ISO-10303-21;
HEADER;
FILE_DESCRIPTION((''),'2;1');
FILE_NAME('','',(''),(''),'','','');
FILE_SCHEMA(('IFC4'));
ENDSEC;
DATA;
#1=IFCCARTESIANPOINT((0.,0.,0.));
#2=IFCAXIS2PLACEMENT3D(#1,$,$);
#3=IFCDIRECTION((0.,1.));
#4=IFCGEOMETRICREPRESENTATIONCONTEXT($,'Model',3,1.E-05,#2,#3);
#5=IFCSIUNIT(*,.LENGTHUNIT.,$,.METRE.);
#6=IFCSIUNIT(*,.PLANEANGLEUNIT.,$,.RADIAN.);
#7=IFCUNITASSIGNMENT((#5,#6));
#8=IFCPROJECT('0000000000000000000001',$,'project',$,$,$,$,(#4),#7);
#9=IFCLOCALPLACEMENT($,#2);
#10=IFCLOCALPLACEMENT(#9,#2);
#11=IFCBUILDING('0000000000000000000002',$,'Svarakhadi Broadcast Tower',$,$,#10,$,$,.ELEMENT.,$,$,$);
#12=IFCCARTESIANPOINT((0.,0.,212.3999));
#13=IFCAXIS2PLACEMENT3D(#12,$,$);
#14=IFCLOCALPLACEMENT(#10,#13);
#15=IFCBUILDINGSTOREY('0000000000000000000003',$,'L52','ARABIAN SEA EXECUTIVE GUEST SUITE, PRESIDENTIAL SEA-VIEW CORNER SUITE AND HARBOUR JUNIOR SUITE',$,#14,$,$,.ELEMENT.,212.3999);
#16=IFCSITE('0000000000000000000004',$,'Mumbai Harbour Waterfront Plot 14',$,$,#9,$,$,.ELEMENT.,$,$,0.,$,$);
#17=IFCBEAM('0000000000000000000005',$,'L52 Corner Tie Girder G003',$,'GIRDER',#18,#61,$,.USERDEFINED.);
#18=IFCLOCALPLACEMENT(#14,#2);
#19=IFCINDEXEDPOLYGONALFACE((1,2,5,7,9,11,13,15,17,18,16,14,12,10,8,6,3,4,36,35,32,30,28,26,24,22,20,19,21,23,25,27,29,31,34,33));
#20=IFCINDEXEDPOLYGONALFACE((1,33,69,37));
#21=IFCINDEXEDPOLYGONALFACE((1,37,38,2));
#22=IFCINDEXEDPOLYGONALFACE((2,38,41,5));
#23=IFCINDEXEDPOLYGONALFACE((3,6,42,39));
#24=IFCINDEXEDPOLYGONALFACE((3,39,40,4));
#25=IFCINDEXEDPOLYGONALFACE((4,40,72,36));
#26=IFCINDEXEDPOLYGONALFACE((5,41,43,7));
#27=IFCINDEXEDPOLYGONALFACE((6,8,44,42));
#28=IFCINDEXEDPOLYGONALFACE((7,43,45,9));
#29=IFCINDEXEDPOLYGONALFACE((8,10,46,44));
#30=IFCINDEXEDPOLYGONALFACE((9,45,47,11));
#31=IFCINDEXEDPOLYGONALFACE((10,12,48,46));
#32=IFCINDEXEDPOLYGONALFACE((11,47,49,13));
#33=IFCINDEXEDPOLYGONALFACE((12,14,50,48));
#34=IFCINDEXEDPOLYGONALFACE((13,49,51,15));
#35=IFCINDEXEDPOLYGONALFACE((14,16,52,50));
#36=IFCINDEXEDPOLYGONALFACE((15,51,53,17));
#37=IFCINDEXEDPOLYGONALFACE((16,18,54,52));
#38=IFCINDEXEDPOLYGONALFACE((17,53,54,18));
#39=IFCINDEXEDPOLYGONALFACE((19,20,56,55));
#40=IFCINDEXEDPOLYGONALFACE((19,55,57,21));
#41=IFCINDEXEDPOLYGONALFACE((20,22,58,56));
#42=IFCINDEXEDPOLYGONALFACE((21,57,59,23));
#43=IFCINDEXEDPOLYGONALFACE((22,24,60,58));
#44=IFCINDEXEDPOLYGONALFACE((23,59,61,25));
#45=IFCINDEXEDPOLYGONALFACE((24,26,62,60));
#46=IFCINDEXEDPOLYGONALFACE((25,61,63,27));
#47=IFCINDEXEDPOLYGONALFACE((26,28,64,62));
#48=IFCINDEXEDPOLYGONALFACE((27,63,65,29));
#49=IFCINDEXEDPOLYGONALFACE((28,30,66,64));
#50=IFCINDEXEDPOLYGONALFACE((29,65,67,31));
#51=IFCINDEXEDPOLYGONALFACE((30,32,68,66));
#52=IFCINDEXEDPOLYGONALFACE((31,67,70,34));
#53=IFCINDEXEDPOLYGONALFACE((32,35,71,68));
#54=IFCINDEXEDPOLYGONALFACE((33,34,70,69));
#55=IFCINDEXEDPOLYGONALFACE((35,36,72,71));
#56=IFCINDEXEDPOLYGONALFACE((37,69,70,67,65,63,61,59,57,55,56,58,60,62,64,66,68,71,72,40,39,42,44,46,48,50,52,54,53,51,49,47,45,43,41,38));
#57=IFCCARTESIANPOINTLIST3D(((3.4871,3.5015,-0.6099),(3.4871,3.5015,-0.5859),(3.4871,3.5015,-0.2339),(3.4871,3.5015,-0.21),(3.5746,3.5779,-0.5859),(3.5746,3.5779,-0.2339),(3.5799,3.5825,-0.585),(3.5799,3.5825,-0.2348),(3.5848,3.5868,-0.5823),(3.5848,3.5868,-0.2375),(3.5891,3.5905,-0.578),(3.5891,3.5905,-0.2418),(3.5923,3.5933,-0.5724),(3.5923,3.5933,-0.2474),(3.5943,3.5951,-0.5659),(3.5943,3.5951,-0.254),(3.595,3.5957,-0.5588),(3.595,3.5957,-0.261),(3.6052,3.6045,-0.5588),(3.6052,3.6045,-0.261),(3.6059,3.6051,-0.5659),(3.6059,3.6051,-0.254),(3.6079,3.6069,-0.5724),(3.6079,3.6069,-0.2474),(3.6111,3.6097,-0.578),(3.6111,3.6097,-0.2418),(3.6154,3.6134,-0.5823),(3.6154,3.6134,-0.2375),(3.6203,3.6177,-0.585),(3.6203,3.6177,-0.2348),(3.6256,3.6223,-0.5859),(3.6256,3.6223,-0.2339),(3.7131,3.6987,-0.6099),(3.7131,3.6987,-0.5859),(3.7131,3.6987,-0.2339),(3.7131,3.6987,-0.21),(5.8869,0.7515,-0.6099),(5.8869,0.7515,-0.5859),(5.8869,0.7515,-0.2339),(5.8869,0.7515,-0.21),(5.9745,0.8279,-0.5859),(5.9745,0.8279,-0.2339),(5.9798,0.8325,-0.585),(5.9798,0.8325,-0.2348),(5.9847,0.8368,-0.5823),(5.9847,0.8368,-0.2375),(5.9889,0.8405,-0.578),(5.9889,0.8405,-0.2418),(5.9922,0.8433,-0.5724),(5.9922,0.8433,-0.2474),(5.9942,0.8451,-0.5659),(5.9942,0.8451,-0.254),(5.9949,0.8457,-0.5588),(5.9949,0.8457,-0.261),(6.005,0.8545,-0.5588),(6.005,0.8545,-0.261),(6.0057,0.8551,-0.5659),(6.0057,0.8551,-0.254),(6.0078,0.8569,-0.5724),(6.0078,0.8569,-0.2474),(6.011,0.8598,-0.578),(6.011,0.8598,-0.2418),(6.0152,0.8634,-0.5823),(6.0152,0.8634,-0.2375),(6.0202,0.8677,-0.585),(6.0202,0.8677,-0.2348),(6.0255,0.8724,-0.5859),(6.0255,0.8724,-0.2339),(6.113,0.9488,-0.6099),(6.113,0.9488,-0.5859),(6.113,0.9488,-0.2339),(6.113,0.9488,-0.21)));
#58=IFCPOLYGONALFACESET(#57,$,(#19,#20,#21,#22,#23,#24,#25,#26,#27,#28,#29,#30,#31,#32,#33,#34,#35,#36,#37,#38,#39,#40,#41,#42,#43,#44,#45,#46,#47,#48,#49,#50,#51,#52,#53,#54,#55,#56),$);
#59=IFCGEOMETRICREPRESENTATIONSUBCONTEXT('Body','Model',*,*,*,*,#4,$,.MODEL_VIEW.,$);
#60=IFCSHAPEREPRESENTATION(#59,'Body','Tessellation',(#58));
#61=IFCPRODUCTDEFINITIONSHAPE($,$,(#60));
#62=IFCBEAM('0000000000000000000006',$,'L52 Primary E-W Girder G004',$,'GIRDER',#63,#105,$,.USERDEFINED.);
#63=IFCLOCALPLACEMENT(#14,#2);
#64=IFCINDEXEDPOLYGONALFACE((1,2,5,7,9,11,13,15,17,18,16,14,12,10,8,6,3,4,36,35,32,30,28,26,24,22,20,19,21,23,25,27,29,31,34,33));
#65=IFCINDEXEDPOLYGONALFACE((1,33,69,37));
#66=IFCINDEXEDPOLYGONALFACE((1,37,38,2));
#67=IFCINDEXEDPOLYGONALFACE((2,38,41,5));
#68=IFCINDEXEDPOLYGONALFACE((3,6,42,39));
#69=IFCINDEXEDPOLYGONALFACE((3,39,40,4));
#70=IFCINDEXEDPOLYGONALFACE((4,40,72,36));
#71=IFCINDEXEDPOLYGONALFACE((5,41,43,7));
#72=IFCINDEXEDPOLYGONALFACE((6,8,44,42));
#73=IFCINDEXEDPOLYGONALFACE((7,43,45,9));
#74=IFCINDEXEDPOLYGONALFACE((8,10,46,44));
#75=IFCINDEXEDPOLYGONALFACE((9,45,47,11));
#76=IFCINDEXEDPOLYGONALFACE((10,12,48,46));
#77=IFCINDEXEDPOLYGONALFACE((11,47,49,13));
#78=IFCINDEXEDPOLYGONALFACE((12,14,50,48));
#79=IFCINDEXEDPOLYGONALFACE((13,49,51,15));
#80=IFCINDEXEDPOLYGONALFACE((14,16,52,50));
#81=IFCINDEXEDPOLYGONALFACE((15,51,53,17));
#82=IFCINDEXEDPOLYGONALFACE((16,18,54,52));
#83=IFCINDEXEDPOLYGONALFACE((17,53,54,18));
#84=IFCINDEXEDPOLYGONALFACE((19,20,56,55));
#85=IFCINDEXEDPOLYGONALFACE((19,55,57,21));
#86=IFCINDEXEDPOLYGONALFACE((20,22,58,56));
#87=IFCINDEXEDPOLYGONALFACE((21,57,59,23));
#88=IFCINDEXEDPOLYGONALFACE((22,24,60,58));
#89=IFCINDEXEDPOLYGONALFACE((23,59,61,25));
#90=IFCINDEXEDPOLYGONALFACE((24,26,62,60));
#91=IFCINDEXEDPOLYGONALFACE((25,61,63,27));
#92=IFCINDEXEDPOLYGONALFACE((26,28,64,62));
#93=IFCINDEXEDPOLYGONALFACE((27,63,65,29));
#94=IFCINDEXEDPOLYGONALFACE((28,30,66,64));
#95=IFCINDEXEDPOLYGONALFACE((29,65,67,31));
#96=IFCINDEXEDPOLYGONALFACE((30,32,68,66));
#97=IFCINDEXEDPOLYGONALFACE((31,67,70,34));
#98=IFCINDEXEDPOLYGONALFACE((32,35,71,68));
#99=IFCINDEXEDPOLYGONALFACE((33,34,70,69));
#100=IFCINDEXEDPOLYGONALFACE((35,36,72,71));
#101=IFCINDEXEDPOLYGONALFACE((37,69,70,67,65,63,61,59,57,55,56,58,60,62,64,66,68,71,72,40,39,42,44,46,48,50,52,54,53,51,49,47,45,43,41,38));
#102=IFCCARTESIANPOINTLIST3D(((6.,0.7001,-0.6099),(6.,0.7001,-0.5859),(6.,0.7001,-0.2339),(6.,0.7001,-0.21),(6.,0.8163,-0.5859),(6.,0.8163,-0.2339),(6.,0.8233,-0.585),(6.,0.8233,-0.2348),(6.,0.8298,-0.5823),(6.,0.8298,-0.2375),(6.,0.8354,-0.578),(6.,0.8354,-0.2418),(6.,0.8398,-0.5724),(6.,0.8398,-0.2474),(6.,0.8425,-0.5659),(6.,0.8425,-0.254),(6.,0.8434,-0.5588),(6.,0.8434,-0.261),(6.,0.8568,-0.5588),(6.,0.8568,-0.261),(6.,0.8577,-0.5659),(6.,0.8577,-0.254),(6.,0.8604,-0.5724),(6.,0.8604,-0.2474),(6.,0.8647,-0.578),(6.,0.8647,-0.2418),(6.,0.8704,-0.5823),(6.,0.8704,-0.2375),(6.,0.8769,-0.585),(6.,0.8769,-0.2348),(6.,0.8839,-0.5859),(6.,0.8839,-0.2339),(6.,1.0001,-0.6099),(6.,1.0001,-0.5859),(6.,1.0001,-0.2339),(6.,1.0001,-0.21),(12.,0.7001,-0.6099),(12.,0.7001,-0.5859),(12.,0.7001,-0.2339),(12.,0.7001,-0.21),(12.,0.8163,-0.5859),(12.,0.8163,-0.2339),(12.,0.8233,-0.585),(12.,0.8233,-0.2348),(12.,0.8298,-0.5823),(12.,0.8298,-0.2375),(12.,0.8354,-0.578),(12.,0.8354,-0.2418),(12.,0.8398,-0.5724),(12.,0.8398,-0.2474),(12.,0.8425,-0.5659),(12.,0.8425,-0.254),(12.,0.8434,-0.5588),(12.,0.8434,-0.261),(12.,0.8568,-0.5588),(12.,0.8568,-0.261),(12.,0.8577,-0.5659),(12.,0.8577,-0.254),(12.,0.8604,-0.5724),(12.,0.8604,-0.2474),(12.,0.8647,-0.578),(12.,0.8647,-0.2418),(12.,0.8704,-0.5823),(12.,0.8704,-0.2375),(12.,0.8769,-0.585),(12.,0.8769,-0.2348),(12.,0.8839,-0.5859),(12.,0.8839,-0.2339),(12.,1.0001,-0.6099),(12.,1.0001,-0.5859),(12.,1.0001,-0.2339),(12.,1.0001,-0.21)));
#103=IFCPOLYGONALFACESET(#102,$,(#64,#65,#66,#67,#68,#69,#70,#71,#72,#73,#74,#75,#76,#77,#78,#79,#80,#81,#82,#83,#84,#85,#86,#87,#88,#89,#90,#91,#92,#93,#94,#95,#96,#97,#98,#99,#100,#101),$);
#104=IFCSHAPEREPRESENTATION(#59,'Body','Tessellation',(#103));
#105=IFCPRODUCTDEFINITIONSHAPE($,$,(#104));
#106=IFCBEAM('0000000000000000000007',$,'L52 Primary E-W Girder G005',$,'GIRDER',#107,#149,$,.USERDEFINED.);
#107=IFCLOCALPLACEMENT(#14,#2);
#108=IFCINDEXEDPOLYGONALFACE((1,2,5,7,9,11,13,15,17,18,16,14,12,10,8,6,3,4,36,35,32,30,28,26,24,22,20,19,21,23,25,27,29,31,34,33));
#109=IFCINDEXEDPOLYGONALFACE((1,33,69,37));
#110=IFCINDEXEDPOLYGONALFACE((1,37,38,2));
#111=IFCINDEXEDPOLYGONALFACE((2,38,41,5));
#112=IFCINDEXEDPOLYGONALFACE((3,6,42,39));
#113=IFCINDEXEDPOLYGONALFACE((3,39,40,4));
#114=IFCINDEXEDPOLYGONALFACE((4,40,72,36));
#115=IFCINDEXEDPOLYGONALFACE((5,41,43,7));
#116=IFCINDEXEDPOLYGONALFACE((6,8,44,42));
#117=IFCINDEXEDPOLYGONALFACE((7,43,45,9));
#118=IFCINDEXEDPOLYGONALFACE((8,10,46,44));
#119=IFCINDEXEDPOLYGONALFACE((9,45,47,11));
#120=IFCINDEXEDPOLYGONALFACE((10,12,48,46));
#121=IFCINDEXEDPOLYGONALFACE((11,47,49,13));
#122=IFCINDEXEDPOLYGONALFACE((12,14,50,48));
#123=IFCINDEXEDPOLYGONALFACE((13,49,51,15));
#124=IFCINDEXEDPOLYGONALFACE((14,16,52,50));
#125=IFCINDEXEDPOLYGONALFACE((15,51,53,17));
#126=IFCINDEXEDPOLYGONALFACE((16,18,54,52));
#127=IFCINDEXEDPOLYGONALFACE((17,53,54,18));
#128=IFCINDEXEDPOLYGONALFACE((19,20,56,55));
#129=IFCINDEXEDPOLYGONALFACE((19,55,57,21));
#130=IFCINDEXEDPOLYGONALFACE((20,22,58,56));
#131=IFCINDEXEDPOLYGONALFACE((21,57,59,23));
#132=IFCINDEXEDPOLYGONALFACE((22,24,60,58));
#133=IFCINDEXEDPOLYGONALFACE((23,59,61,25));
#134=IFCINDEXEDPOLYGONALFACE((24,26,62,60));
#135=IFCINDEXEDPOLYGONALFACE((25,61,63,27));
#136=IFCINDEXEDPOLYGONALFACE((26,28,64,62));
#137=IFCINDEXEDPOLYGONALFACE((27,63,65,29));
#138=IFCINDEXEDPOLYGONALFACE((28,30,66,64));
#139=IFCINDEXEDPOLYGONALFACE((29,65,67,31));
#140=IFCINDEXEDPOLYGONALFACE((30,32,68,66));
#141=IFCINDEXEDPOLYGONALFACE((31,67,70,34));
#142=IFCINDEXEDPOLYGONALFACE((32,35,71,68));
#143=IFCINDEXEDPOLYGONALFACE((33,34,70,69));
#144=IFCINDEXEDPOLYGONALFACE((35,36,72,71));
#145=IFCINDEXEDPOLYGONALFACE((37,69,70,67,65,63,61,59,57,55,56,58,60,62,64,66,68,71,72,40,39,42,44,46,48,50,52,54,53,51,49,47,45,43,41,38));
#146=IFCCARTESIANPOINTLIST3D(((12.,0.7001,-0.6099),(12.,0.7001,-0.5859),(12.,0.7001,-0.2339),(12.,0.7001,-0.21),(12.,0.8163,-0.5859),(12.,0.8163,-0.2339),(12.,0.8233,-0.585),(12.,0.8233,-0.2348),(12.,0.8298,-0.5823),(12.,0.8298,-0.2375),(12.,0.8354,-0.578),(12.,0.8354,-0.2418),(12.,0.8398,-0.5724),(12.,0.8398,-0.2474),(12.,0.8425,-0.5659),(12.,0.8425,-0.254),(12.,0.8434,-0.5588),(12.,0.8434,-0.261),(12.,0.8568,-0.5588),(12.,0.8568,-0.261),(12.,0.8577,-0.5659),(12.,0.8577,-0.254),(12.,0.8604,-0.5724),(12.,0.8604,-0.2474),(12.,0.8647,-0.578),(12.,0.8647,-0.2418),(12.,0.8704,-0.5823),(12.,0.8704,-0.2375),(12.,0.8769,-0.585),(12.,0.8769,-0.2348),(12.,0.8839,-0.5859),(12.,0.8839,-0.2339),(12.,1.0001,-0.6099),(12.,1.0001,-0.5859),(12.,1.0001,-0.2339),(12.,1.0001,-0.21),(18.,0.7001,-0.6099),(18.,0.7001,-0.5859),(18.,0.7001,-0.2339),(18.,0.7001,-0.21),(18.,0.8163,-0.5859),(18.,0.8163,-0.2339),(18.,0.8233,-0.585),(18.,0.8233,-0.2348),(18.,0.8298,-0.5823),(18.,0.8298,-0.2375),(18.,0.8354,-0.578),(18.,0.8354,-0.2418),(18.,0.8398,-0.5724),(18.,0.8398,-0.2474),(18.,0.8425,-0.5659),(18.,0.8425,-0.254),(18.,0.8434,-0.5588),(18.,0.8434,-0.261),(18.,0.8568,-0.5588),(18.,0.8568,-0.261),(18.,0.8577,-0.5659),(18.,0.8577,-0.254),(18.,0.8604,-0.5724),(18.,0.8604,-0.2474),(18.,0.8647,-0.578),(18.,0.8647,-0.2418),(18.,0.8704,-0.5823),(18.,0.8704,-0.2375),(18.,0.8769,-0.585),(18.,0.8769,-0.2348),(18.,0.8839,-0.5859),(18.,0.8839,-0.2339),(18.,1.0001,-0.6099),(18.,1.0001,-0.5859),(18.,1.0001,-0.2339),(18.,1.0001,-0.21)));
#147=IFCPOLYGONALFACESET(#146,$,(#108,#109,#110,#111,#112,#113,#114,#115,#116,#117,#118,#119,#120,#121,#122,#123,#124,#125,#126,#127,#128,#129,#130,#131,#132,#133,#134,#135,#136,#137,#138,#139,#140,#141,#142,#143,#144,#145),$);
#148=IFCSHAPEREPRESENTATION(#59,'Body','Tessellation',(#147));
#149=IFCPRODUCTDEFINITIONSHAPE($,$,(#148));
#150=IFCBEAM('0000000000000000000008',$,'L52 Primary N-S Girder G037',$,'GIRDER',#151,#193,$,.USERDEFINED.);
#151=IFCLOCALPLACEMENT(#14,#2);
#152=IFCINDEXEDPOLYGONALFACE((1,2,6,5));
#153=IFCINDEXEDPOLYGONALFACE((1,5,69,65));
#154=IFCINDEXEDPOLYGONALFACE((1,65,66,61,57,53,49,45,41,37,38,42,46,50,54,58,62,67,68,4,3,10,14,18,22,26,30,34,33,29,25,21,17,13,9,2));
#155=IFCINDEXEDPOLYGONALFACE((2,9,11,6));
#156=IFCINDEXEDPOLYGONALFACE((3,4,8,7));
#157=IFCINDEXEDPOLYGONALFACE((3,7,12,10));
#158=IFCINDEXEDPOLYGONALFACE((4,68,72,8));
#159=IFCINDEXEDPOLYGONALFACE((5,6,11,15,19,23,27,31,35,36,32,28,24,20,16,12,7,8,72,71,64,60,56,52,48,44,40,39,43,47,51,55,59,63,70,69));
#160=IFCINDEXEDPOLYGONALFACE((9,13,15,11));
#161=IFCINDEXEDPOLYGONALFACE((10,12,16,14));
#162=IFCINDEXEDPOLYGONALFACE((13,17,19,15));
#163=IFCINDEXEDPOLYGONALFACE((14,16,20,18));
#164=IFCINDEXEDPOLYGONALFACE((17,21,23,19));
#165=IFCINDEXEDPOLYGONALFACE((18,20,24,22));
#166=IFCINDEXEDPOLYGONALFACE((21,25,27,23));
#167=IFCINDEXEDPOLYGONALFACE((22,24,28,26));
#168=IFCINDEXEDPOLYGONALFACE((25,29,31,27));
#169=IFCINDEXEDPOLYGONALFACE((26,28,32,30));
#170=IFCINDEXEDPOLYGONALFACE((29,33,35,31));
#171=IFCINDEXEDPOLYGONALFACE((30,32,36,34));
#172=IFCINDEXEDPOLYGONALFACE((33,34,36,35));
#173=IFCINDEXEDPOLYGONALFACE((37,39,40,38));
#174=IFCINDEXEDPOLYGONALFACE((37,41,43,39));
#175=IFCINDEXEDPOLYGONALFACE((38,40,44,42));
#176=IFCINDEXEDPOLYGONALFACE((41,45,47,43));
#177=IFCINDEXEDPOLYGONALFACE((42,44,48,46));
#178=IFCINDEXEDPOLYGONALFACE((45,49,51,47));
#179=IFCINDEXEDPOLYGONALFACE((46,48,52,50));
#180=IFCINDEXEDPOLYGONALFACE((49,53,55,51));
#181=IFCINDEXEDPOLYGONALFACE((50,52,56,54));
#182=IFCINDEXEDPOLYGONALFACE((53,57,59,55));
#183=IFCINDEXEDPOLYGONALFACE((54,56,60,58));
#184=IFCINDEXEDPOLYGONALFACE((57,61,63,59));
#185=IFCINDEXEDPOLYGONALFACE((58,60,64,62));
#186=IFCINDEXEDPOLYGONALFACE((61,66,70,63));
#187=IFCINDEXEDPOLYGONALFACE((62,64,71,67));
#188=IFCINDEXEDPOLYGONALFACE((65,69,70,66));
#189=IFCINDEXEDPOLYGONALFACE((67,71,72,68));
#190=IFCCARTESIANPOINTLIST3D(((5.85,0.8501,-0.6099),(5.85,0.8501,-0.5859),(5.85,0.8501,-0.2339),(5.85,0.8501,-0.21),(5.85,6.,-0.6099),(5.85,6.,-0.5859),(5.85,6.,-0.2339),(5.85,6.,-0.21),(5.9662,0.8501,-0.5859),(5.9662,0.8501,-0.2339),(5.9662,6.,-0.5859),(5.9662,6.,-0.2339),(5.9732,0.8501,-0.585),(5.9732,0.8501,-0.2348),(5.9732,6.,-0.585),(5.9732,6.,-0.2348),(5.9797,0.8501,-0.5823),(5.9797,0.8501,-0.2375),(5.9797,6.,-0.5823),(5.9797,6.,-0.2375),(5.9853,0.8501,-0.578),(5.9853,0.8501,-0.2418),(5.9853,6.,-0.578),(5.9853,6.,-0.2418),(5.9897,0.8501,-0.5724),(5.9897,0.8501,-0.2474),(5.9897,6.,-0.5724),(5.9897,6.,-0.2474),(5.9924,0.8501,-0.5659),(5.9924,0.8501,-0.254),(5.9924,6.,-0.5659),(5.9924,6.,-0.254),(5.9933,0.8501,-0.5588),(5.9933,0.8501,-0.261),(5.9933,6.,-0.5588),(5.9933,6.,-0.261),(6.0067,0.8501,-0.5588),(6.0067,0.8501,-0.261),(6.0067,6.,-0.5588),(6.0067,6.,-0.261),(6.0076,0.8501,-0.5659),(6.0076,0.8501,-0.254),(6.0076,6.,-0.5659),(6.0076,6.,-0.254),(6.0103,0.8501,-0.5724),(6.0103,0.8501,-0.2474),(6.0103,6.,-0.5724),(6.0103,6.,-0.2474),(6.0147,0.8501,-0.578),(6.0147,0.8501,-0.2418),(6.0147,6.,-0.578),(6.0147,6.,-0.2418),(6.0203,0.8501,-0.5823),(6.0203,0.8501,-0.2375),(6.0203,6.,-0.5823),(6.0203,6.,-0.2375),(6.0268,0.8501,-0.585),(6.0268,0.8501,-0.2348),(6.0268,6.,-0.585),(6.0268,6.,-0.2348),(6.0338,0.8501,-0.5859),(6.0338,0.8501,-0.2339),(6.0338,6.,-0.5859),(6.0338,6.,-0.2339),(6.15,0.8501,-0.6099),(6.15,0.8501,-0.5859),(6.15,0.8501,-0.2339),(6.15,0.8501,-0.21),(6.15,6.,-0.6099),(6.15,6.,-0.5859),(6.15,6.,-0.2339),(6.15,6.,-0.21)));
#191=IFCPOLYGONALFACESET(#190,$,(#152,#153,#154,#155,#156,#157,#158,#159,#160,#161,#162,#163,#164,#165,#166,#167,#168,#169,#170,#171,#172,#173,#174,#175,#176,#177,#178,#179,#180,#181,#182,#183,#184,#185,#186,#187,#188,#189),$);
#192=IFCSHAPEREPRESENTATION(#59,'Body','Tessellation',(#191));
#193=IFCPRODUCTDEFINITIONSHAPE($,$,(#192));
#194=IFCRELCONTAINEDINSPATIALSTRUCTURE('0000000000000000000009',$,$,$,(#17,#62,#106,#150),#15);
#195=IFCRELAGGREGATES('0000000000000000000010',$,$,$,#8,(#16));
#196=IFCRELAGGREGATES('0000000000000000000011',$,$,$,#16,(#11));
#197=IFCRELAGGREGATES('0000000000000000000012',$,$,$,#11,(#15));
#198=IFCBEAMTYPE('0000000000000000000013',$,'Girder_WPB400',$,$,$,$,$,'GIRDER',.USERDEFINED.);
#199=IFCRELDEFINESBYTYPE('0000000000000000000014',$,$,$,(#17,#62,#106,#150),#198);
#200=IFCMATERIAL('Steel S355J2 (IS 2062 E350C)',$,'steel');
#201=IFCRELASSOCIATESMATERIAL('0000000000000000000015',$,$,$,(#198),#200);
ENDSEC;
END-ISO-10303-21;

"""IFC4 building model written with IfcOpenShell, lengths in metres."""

from ifc_helpers import new_model, si_unit, direction, frame, origin, origin_2d, place, context, subcontext, project, spatial, i_section, extrude, material, material_profile, profile_set, type_object, element, save


model = new_model("IFC4")

# Units and contexts
model_context = context("Model", 3, precision=1e-05, world=origin(), true_north=direction((0.0, 1.0)))
body_context = subcontext(model_context, "Body", "Model", "MODEL_VIEW")
ifc_project = project(units=[si_unit("LENGTHUNIT", "METRE"), si_unit("PLANEANGLEUNIT", "RADIAN")], contexts=[model_context])

# Site, building, storey
site_placement = place(None, origin())
site = spatial("IfcSite", under=ifc_project, at=site_placement, Name="Mumbai Harbour Waterfront Plot 14", CompositionType="ELEMENT", RefElevation=0.0)
building_placement = place(site_placement, origin())
building = spatial("IfcBuilding", under=site, at=building_placement, Name="Svarakhadi Broadcast Tower", CompositionType="ELEMENT")
storey_placement = place(building_placement, frame((0.0, 0.0, 212.3999)))
storey = spatial("IfcBuildingStorey", under=building, at=storey_placement, Name="L52", Description="ARABIAN SEA EXECUTIVE GUEST SUITE, PRESIDENTIAL SEA-VIEW CORNER SUITE AND HARBOUR JUNIOR SUITE", CompositionType="ELEMENT", Elevation=212.3999)

# Shared definitions
ifc_material_1 = material(Name="Steel S355J2 (IS 2062 E350C)", Category="steel")

# Beams
ifc_material_profile_1 = material_profile(ifc_material_1, i_section(OverallWidth=0.3, OverallDepth=0.3999, WebThickness=0.0134, FlangeThickness=0.0239, FilletRadius=0.0271, at=origin_2d()), Name="WPB 400x300x155")
ifc_profile_set_1 = profile_set([ifc_material_profile_1], Name="Steel S355J2 (IS 2062 E350C)")
beam_type_1 = type_object("IfcBeamType", Name="Girder_WPB400", ElementType="GIRDER", PredefinedType="USERDEFINED", material=ifc_profile_set_1)
beam_placement = place(storey_placement, frame((3.6001, 3.6001, -0.4099), z_axis=(0.657519, -0.753438, 0.0), x_axis=(0.753438, 0.657519, 0.0)))
element("IfcBeam", 1, at=beam_placement, inside=storey, type_object=beam_type_1, Name="L52 Corner Tie Girder G003", ObjectType="GIRDER", PredefinedType="USERDEFINED", context=body_context, shape_type="SweptSolid", body=[
    extrude(i_section(OverallWidth=0.3, OverallDepth=0.3999, WebThickness=0.0134, FlangeThickness=0.0239, FilletRadius=0.0271, at=origin_2d()), origin(), (0.0, 0.0, 1.0), 3.6499),
])
for number, where, z_axis, x_axis, name in (
    (2, (6.0, 0.8501, -0.4099), (1.0, 0.0, 0.0), (0.0, 1.0, 0.0), "L52 Primary E-W Girder G004"),
    (3, (12.0, 0.8501, -0.4099), (1.0, 0.0, 0.0), (0.0, 1.0, 0.0), "L52 Primary E-W Girder G005"),
):
    element("IfcBeam", number, at=place(storey_placement, frame(where, z_axis=z_axis, x_axis=x_axis)), inside=storey, type_object=beam_type_1, Name=name, ObjectType="GIRDER", PredefinedType="USERDEFINED", context=body_context, shape_type="SweptSolid", body=[
        extrude(i_section(OverallWidth=0.3, OverallDepth=0.3999, WebThickness=0.0134, FlangeThickness=0.0239, FilletRadius=0.0271, at=origin_2d()), origin(), (0.0, 0.0, 1.0), 6.0),
    ])
for number, where, z_axis, x_axis, name in (
    (4, (6.0, 0.8501, -0.4099), (0.0, 1.0, 0.0), (-1.0, 0.0, 0.0), "L52 Primary N-S Girder G037"),
):
    element("IfcBeam", number, at=place(storey_placement, frame(where, z_axis=z_axis, x_axis=x_axis)), inside=storey, type_object=beam_type_1, Name=name, ObjectType="GIRDER", PredefinedType="USERDEFINED", context=body_context, shape_type="SweptSolid", body=[
        extrude(i_section(OverallWidth=0.3, OverallDepth=0.3999, WebThickness=0.0134, FlangeThickness=0.0239, FilletRadius=0.0271, at=origin_2d()), origin(), (0.0, 0.0, 1.0), 5.1499),
    ])

save(model, "model.ifc")
